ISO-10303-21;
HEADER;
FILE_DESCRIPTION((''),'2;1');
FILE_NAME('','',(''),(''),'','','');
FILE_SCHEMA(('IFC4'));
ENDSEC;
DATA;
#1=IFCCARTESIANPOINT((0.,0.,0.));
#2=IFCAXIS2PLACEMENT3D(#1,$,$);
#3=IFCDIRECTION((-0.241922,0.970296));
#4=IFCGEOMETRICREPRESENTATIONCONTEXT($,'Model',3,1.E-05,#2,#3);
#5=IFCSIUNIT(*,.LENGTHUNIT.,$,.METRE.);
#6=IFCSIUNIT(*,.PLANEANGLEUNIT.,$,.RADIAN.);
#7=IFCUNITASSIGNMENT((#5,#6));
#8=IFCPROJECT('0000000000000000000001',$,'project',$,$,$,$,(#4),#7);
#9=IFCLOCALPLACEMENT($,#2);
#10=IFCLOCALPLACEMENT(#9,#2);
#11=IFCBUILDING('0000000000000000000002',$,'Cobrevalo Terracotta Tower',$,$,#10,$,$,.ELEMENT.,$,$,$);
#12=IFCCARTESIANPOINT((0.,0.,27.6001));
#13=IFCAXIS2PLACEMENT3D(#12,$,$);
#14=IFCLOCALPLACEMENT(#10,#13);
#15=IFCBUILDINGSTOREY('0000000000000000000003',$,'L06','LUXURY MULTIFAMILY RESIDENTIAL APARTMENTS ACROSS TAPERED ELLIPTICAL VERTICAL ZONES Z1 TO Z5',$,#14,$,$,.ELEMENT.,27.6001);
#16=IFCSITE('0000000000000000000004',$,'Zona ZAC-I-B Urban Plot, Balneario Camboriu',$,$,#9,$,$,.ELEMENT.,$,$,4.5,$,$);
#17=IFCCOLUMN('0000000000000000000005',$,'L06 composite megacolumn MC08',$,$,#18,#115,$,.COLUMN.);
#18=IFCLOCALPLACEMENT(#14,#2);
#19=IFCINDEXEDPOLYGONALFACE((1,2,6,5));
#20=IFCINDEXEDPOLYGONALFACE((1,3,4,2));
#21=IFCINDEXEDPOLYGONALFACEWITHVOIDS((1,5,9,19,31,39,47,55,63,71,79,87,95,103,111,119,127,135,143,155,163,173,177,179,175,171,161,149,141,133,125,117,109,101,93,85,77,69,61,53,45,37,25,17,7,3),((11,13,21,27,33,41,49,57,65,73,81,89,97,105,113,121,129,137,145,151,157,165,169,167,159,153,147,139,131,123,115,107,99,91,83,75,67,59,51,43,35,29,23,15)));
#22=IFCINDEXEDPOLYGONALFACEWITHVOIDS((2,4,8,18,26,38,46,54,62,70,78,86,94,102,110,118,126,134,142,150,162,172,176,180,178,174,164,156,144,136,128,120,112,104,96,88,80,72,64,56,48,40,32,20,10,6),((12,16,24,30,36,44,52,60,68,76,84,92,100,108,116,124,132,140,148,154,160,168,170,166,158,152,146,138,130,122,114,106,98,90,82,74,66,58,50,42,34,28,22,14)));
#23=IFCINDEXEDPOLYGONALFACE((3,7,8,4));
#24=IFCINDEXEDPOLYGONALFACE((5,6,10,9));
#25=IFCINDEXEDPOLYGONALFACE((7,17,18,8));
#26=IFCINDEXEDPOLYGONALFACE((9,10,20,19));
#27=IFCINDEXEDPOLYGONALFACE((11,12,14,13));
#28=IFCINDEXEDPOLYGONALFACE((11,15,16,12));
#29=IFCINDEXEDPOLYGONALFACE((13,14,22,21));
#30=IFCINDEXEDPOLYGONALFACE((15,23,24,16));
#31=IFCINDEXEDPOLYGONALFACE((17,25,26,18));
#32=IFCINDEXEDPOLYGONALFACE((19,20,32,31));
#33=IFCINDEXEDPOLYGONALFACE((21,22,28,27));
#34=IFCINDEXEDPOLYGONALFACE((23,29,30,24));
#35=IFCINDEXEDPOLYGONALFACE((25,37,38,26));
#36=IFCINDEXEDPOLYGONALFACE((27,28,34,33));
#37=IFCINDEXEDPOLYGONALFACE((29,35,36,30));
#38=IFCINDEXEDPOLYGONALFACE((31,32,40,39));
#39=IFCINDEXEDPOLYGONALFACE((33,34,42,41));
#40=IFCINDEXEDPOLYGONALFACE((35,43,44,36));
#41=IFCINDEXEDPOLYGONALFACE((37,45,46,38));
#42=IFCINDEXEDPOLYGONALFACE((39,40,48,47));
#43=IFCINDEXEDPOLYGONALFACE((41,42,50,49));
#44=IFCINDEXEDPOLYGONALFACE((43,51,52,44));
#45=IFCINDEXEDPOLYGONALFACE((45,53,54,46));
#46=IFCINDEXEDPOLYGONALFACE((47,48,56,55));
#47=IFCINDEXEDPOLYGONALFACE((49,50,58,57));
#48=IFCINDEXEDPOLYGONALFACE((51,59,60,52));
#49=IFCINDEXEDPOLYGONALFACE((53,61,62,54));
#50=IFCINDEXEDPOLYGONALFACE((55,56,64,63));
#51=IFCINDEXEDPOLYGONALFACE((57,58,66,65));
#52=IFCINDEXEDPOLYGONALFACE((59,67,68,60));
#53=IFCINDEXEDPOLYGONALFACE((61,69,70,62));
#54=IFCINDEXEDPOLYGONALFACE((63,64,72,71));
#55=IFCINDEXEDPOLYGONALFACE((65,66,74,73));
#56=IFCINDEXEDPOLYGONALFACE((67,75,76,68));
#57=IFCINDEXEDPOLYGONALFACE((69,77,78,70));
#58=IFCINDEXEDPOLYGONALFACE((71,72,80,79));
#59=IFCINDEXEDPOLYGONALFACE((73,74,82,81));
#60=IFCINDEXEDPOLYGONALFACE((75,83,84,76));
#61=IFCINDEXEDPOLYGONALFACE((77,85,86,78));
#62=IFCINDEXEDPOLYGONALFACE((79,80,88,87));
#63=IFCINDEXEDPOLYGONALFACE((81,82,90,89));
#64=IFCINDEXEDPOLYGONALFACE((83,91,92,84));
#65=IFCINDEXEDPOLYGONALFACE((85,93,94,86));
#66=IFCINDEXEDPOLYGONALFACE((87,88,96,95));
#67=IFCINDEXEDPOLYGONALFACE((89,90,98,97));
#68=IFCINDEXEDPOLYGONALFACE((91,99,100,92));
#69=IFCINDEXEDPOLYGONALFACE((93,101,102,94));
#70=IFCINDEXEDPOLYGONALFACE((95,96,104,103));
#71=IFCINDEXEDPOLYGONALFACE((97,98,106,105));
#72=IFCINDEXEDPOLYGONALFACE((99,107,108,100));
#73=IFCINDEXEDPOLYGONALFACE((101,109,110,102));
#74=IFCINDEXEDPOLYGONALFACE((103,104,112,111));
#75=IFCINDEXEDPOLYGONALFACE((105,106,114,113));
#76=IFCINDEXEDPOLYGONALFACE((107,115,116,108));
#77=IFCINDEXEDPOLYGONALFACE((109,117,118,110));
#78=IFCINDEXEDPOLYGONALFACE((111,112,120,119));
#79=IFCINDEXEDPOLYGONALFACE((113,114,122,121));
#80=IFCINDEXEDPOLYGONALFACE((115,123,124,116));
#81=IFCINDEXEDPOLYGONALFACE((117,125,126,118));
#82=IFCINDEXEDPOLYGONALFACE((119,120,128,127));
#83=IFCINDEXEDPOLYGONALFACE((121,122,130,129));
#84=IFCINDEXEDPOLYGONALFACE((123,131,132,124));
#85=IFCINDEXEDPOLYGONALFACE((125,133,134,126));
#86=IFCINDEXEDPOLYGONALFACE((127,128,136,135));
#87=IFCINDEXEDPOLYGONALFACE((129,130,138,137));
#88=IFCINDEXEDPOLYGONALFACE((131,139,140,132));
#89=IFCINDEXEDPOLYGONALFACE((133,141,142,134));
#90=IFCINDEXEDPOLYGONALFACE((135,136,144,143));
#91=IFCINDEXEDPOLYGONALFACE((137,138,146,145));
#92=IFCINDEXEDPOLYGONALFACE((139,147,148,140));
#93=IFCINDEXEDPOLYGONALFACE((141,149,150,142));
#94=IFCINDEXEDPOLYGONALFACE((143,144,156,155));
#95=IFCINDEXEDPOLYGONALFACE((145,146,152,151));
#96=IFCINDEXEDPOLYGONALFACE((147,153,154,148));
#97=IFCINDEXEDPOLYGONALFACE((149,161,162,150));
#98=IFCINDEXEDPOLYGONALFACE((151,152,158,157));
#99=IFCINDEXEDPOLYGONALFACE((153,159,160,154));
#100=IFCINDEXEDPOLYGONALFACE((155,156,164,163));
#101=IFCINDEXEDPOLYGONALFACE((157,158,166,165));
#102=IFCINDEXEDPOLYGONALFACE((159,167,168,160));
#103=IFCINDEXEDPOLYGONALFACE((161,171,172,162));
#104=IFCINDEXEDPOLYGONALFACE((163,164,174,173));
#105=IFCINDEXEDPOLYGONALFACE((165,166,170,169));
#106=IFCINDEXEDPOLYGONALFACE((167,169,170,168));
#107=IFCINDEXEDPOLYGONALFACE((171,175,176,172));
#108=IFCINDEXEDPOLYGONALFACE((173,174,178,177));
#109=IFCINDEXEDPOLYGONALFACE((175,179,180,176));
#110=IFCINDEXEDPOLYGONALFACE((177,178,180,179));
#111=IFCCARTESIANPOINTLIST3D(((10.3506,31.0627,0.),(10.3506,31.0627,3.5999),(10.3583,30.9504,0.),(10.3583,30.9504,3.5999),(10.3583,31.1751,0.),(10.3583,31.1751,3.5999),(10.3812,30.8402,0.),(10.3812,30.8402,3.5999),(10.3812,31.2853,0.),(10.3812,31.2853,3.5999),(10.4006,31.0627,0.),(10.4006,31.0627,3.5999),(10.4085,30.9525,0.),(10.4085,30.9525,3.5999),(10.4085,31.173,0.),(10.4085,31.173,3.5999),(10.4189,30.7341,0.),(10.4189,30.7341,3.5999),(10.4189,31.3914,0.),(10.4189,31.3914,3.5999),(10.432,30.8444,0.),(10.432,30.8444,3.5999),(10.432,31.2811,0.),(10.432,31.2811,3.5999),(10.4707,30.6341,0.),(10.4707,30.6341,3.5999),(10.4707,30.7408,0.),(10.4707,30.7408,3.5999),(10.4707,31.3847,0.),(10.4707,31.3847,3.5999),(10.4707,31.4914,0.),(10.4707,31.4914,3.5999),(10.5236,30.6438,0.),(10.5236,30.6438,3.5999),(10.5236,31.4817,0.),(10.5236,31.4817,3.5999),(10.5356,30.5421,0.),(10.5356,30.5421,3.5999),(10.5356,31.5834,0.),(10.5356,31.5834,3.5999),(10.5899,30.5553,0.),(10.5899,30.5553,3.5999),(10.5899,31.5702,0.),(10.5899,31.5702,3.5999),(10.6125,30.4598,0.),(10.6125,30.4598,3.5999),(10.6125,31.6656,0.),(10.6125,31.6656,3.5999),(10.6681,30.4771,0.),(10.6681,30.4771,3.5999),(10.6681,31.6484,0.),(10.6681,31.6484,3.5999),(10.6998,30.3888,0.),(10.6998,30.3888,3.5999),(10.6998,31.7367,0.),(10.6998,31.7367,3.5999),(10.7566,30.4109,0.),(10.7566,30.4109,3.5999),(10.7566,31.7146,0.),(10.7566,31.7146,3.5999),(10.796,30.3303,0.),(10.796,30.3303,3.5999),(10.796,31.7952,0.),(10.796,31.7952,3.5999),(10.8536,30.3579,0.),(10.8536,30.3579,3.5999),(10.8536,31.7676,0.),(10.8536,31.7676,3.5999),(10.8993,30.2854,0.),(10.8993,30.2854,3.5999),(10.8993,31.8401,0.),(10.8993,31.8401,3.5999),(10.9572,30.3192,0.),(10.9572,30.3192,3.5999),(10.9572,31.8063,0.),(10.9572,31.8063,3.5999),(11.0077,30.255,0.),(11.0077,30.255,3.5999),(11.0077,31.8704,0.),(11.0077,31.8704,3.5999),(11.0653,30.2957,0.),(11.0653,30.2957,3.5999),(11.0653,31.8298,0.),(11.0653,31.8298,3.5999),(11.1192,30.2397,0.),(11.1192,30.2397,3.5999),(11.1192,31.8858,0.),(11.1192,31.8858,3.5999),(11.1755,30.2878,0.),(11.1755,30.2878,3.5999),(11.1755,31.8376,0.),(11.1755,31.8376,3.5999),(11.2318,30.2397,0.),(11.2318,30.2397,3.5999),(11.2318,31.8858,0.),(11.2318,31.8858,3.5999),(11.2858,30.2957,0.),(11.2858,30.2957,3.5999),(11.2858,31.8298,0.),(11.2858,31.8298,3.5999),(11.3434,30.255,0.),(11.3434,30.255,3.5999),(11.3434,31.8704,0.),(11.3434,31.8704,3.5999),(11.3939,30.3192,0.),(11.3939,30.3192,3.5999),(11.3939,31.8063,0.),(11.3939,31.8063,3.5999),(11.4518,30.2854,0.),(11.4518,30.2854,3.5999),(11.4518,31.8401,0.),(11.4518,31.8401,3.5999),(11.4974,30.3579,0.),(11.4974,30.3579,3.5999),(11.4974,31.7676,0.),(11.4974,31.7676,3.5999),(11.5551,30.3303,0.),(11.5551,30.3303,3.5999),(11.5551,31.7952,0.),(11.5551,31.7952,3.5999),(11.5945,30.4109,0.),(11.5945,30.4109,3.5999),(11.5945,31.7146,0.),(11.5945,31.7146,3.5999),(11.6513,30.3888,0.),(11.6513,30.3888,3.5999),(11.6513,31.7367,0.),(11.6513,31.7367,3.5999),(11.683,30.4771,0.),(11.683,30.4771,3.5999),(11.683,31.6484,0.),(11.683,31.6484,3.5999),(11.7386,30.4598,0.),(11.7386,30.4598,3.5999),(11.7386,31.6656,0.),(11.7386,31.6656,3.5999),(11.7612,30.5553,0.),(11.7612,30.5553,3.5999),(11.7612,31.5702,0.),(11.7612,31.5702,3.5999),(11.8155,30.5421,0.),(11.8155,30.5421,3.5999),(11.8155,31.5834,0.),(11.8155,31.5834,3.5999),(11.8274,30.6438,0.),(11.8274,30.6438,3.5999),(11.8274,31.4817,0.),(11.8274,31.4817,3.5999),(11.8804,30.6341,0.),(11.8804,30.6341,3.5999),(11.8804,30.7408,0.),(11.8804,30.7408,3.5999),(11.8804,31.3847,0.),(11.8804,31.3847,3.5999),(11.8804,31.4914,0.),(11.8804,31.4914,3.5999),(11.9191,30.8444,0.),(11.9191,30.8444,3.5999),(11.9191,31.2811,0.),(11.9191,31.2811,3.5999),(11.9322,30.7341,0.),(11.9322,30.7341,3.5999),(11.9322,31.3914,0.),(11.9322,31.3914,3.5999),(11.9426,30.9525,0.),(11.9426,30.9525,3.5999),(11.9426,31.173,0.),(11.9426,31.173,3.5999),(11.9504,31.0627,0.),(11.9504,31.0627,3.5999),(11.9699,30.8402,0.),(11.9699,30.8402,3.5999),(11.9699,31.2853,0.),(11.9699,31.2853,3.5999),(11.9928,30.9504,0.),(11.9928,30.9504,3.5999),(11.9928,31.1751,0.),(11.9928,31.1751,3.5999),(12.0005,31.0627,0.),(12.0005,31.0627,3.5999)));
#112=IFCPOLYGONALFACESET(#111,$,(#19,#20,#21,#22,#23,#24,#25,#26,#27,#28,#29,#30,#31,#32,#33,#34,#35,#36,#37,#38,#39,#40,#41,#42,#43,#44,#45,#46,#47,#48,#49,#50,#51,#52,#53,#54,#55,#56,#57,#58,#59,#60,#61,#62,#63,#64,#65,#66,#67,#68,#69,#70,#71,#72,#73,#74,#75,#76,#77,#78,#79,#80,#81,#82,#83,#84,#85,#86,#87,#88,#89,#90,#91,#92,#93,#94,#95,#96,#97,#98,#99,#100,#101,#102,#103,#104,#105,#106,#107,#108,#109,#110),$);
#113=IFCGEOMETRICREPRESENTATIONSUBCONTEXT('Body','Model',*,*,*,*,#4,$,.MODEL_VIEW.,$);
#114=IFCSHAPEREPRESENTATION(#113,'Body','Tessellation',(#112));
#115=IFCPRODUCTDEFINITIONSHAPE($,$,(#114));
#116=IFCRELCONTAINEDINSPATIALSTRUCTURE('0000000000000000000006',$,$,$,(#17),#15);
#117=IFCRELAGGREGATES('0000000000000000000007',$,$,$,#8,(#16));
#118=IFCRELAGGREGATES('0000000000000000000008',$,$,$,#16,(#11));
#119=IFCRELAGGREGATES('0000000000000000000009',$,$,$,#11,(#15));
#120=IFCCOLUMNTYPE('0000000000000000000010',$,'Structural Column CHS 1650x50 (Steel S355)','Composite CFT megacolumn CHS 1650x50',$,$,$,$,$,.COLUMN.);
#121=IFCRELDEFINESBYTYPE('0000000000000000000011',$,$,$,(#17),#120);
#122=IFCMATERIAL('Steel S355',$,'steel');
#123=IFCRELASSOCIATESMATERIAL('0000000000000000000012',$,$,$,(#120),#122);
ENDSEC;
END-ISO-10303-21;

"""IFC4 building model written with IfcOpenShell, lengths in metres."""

from ifc_helpers import new_model, si_unit, direction, frame, origin, origin_2d, place, context, subcontext, project, spatial, hollow_circle, extrude, material, material_profile, profile_set, type_object, element, save


model = new_model("IFC4")

# Units and contexts
model_context = context("Model", 3, precision=1e-05, world=origin(), true_north=direction((-0.241922, 0.970296)))
body_context = subcontext(model_context, "Body", "Model", "MODEL_VIEW")
ifc_project = project(units=[si_unit("LENGTHUNIT", "METRE"), si_unit("PLANEANGLEUNIT", "RADIAN")], contexts=[model_context])

# Site, building, storey
site_placement = place(None, origin())
site = spatial("IfcSite", under=ifc_project, at=site_placement, Name="Zona ZAC-I-B Urban Plot, Balneario Camboriu", CompositionType="ELEMENT", RefElevation=4.5)
building_placement = place(site_placement, origin())
building = spatial("IfcBuilding", under=site, at=building_placement, Name="Cobrevalo Terracotta Tower", CompositionType="ELEMENT")
storey_placement = place(building_placement, frame((0.0, 0.0, 27.6001)))
storey = spatial("IfcBuildingStorey", under=building, at=storey_placement, Name="L06", Description="LUXURY MULTIFAMILY RESIDENTIAL APARTMENTS ACROSS TAPERED ELLIPTICAL VERTICAL ZONES Z1 TO Z5", CompositionType="ELEMENT", Elevation=27.6001)

# Column
ifc_material_1 = material(Name="Steel S355", Category="steel")
ifc_material_profile_1 = material_profile(ifc_material_1, hollow_circle(Radius=0.825, WallThickness=0.05, at=origin_2d()), Name="CHS 1650x50")
ifc_profile_set_1 = profile_set([ifc_material_profile_1], Name="Steel S355")
column_type = type_object("IfcColumnType", Name="Structural Column CHS 1650x50 (Steel S355)", Description="Composite CFT megacolumn CHS 1650x50", PredefinedType="COLUMN", material=ifc_profile_set_1)
for number, where, z_axis, x_axis, name in (
    (1, (11.1755, 31.0627, 0.0), (0.0, 0.0, 1.0), (1.0, 0.0, 0.0), "L06 composite megacolumn MC08"),
):
    element("IfcColumn", number, at=place(storey_placement, frame(where, z_axis=z_axis, x_axis=x_axis)), inside=storey, type_object=column_type, Name=name, PredefinedType="COLUMN", context=body_context, shape_type="SweptSolid", body=[
        extrude(hollow_circle(Radius=0.825, WallThickness=0.05, at=origin_2d()), origin(), (0.0, 0.0, 1.0), 3.5999),
    ])

save(model, "model.ifc")
